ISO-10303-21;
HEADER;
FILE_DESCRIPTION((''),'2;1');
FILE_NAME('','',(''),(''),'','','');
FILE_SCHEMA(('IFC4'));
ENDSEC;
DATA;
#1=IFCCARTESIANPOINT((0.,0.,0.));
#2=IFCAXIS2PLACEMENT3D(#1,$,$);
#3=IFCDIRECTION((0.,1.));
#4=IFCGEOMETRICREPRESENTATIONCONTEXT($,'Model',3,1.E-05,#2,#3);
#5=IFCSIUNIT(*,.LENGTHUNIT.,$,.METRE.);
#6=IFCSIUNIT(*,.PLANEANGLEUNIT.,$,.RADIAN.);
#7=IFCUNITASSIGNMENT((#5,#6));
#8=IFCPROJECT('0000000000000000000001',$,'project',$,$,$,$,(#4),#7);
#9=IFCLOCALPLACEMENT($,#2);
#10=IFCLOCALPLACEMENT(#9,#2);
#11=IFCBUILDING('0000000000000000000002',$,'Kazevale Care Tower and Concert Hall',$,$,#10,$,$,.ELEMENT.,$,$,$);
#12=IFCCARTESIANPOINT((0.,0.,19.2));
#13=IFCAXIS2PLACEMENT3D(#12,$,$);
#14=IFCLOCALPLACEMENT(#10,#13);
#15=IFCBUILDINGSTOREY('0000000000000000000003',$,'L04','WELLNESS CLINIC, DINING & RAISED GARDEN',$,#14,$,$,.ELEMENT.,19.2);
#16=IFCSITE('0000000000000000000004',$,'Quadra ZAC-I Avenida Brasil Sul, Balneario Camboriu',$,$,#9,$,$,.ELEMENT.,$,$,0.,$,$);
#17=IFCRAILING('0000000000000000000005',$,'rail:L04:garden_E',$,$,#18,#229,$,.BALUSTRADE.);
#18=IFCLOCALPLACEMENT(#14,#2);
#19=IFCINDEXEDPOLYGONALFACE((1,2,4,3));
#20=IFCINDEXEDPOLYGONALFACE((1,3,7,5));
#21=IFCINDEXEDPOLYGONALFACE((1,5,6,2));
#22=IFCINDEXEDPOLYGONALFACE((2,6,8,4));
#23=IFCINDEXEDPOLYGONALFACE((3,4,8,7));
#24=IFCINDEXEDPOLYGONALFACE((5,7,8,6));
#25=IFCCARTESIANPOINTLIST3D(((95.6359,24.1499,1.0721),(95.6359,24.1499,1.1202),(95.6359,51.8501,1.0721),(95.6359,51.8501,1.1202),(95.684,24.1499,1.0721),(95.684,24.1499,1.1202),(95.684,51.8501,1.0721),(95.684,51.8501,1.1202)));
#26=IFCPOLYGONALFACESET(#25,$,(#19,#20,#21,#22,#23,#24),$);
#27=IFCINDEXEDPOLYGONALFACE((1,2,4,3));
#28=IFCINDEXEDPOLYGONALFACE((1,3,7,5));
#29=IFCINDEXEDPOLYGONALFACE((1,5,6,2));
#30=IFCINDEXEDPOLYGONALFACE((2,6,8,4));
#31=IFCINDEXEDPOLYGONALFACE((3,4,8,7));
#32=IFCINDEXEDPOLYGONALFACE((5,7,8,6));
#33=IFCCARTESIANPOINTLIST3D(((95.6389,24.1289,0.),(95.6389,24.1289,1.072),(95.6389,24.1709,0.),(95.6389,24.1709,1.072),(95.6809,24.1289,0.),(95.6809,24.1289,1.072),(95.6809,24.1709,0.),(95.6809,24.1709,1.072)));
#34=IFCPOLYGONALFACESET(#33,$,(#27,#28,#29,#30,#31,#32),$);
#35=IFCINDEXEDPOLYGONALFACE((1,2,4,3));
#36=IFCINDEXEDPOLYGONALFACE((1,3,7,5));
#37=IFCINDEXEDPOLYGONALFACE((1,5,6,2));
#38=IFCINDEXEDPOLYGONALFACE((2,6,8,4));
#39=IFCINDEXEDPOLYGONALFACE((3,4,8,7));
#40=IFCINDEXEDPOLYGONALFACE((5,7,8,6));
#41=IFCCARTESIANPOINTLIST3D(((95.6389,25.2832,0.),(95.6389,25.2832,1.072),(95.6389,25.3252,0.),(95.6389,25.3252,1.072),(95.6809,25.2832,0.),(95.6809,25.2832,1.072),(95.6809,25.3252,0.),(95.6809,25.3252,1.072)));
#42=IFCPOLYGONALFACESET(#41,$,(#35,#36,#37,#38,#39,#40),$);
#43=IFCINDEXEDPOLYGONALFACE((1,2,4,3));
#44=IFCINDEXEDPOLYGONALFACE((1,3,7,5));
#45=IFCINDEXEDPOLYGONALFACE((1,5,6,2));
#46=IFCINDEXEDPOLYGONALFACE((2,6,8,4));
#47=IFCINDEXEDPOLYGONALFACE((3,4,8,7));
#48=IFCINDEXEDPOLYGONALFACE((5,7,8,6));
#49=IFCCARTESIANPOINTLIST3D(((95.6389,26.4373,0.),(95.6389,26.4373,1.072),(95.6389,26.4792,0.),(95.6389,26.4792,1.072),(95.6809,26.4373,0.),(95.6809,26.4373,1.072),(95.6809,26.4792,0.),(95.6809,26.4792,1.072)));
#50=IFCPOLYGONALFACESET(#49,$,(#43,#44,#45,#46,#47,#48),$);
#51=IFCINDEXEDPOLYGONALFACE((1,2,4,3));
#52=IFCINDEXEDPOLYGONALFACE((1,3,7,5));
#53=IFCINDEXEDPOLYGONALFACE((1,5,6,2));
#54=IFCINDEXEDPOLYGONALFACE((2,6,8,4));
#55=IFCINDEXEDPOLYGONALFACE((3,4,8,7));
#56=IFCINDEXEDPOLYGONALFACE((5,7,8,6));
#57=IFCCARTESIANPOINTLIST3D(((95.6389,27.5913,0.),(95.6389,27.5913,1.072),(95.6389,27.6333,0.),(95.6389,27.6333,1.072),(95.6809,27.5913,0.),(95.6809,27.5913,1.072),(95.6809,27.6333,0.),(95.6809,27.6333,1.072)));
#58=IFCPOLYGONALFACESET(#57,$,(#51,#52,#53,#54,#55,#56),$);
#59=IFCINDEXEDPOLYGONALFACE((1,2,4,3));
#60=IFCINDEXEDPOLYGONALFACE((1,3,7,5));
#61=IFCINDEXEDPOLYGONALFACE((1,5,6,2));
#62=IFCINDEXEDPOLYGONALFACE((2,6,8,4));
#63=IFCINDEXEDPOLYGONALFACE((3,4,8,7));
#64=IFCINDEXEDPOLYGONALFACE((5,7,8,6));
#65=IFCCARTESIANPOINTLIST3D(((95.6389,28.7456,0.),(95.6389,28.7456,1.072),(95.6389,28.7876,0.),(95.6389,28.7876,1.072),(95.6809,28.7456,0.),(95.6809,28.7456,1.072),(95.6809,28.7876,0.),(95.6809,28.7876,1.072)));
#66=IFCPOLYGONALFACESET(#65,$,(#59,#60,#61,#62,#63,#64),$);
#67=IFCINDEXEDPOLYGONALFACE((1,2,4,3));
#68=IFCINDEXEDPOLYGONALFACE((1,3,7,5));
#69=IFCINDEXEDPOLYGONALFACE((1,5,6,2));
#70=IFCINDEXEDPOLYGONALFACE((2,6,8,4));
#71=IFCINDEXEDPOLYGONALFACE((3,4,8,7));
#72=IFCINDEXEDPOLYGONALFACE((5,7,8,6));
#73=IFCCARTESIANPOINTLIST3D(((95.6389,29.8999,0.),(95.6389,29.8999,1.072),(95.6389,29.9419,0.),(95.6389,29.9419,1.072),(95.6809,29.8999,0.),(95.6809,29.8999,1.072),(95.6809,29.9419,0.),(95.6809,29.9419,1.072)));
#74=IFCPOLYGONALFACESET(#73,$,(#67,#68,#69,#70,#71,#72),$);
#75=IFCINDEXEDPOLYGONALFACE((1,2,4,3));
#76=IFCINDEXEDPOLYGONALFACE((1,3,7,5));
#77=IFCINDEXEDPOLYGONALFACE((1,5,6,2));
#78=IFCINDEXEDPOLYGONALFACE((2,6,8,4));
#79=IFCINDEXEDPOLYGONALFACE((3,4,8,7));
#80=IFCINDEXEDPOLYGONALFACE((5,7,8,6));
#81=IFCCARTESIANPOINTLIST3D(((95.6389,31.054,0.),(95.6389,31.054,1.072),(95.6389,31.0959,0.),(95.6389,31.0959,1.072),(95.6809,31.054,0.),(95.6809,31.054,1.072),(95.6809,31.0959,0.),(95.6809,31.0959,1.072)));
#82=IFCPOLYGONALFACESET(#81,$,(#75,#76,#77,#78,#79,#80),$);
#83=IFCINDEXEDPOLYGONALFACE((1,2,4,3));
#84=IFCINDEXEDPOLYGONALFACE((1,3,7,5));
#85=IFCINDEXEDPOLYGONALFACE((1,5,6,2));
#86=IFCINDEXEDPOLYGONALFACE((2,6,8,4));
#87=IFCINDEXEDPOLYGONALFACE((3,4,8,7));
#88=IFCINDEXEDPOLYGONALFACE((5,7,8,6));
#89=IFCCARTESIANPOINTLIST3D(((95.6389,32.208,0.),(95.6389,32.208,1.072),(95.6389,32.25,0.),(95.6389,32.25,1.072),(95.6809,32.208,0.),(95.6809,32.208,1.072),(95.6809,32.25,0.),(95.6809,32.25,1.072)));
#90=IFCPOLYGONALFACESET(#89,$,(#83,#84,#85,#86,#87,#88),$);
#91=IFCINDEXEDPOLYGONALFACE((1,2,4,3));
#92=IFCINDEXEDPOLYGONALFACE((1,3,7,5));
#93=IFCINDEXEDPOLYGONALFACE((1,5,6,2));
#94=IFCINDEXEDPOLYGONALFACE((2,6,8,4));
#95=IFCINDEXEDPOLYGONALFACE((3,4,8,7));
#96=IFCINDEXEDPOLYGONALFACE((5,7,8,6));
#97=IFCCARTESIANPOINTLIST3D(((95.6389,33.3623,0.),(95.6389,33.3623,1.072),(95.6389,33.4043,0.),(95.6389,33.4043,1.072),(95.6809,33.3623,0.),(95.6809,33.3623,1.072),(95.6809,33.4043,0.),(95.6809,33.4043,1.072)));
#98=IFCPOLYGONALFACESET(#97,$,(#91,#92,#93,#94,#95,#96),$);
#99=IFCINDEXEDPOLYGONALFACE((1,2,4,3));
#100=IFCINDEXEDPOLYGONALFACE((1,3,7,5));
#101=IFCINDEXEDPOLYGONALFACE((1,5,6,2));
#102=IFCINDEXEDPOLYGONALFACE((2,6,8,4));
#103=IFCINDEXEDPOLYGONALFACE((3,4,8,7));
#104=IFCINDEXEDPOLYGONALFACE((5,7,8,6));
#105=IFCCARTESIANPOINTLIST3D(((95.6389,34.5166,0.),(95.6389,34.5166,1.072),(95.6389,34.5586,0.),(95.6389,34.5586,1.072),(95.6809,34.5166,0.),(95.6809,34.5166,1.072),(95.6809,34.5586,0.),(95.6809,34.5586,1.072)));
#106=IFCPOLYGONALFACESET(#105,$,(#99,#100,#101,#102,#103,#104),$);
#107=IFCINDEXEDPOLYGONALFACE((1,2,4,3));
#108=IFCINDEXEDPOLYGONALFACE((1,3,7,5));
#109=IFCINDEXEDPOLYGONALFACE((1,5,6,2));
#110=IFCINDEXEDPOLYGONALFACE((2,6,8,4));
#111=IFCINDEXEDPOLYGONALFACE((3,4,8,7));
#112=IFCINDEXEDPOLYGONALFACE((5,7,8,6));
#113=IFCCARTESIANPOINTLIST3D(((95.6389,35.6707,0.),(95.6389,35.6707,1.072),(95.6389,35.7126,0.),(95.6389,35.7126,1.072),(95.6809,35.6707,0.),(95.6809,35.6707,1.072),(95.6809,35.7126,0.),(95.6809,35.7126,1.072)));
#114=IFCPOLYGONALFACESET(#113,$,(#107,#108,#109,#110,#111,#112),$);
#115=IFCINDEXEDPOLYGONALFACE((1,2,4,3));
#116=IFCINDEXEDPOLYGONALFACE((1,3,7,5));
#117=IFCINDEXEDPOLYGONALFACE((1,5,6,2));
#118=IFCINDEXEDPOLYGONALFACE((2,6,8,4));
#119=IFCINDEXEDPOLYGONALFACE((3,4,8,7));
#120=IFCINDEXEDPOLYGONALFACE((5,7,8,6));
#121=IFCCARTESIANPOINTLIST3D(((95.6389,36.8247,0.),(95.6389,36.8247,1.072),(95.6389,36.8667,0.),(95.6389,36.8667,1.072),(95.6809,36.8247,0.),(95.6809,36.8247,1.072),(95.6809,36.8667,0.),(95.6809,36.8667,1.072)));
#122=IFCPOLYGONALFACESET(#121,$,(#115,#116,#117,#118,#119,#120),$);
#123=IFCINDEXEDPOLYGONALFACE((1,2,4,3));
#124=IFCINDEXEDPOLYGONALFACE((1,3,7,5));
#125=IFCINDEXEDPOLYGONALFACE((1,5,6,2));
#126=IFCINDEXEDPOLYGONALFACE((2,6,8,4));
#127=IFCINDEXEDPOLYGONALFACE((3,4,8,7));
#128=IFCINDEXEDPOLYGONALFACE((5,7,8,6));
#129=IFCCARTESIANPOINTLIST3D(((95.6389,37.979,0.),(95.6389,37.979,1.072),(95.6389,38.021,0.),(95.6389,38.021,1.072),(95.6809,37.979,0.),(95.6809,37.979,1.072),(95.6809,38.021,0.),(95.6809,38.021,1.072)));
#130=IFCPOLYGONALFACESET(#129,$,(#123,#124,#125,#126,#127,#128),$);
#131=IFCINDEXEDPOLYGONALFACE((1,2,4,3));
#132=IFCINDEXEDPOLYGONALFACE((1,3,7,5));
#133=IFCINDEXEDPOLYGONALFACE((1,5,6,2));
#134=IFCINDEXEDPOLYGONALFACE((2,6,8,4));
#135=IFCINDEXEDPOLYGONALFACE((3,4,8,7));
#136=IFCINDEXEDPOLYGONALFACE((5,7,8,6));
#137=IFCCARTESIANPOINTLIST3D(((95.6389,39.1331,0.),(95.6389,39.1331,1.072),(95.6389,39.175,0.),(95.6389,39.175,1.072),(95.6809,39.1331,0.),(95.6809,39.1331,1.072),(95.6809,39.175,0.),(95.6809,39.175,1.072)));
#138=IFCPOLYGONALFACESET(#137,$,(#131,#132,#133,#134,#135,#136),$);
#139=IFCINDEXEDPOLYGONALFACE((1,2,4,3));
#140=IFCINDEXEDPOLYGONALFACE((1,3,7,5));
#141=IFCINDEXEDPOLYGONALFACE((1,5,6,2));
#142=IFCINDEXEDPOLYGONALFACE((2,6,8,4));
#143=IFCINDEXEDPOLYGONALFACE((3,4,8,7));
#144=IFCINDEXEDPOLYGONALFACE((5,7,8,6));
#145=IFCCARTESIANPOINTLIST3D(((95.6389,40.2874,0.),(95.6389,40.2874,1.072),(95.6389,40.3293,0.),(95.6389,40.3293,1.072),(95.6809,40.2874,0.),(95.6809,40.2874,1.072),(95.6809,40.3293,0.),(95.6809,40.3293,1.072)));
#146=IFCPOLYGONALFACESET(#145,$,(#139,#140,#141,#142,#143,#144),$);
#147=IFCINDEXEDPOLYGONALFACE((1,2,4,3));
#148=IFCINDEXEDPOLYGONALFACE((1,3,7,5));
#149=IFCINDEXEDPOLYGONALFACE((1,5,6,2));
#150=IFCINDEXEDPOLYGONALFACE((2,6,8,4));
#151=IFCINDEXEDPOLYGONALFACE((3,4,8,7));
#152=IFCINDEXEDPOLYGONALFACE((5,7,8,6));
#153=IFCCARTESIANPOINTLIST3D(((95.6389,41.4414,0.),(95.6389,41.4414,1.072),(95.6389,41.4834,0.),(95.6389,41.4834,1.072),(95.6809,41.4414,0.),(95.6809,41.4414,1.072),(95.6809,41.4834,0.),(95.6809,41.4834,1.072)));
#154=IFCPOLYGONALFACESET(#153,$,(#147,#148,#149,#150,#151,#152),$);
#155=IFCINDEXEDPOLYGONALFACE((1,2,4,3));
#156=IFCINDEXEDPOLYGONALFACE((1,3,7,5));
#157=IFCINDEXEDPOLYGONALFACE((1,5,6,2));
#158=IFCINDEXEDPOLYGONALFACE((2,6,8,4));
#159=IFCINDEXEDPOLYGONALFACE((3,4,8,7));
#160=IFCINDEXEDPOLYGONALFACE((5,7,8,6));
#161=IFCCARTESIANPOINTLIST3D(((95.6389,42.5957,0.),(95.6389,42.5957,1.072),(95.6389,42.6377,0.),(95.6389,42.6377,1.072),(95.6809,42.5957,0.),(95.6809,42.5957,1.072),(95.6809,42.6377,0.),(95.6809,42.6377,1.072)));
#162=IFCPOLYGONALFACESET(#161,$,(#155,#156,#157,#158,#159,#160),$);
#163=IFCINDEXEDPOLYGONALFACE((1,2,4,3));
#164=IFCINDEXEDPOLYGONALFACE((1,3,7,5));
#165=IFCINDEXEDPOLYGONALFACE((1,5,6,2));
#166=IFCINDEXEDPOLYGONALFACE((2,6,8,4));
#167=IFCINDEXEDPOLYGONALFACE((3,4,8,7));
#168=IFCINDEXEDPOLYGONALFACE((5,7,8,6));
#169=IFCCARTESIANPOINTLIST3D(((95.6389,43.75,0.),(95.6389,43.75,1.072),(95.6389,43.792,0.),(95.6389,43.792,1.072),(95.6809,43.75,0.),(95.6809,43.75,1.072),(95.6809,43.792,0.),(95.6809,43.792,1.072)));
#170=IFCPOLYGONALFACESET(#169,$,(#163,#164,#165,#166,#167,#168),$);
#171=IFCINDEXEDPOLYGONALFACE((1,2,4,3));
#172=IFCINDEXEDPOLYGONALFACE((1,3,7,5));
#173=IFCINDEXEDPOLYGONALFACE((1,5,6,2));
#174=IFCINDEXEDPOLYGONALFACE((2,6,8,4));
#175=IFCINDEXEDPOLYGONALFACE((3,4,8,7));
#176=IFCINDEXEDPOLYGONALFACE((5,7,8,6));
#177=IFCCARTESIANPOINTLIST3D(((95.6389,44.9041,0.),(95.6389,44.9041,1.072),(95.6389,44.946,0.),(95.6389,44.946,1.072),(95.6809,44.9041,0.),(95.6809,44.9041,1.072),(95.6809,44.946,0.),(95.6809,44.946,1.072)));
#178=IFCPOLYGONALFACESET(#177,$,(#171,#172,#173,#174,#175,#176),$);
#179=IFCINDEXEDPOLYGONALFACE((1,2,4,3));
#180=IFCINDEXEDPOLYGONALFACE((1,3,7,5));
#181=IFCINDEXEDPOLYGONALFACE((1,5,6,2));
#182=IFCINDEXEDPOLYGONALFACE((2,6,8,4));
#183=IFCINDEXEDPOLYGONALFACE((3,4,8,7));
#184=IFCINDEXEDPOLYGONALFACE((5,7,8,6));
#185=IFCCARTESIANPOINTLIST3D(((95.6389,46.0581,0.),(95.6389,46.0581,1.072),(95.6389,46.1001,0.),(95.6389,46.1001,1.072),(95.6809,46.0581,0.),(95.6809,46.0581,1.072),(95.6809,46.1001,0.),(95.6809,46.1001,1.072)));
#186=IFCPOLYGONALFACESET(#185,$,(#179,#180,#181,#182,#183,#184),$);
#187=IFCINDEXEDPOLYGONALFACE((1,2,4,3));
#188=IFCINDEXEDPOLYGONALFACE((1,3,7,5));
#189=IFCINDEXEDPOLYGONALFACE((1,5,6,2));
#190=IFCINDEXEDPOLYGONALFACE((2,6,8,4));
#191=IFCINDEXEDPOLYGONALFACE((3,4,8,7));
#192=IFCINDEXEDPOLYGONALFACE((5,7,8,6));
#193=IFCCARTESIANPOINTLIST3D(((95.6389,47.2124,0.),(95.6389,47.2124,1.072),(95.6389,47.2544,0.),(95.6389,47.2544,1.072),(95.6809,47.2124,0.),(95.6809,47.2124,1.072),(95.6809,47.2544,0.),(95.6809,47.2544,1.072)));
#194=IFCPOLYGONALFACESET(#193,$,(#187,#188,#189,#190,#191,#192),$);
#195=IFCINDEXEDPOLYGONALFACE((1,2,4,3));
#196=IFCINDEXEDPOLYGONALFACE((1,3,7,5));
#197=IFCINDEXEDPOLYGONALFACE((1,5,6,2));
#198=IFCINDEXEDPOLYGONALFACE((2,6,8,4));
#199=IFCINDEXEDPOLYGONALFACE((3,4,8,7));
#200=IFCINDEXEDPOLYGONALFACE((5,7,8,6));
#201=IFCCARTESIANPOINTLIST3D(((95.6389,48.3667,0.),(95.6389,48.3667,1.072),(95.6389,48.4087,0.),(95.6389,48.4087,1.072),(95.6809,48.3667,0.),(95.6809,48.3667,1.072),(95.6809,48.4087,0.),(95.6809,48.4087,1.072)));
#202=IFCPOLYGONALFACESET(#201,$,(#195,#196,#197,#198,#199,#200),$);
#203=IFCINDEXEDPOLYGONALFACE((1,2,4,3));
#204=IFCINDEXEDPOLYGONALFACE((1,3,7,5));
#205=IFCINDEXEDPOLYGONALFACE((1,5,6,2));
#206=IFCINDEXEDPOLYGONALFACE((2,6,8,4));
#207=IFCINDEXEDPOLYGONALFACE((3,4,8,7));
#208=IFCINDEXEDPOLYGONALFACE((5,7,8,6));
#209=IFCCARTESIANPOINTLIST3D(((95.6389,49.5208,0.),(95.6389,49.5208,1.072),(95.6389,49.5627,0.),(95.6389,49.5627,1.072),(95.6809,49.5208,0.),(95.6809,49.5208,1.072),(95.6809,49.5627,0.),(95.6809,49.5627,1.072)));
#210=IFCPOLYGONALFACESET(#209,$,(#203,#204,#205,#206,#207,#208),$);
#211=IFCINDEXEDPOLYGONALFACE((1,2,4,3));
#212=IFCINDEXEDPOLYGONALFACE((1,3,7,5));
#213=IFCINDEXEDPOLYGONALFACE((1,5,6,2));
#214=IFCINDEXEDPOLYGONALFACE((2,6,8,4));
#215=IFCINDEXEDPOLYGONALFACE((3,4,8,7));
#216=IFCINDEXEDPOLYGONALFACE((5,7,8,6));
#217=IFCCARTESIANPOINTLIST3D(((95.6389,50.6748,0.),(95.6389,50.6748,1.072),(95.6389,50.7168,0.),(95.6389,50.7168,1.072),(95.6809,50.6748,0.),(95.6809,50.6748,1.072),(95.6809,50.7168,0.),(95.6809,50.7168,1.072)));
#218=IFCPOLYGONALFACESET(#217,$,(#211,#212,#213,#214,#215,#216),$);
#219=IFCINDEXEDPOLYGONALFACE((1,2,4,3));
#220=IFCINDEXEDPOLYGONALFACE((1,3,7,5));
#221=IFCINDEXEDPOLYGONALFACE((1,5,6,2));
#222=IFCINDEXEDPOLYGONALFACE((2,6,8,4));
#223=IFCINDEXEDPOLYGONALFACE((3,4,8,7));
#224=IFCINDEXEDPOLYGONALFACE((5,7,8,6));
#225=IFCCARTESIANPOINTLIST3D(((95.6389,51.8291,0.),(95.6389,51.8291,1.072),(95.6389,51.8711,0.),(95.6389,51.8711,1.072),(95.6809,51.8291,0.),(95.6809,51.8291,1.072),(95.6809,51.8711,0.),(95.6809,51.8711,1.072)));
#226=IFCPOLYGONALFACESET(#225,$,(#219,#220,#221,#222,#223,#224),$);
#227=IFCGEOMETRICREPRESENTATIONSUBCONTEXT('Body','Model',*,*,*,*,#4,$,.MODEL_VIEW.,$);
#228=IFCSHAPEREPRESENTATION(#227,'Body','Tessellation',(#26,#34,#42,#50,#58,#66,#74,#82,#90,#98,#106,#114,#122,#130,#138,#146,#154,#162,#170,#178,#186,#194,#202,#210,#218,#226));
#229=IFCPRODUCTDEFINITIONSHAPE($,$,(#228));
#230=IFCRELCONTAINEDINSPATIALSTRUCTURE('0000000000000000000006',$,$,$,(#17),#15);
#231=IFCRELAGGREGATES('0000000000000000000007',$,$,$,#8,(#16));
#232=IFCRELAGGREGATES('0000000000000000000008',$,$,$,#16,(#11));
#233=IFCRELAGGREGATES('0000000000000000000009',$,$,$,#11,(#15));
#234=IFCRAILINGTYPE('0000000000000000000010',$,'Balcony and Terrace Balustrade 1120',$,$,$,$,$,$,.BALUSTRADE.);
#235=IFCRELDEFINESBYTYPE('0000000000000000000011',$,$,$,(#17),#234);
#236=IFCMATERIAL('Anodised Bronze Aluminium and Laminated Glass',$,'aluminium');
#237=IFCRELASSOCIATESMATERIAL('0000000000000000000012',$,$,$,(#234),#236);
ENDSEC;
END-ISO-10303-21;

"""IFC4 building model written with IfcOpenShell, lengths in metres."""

from ifc_helpers import new_model, si_unit, direction, frame, origin, origin_2d, place, context, subcontext, project, spatial, rectangle, extrude, material, type_object, element, save


model = new_model("IFC4")

# Units and contexts
model_context = context("Model", 3, precision=1e-05, world=origin(), true_north=direction((0.0, 1.0)))
body_context = subcontext(model_context, "Body", "Model", "MODEL_VIEW")
ifc_project = project(units=[si_unit("LENGTHUNIT", "METRE"), si_unit("PLANEANGLEUNIT", "RADIAN")], contexts=[model_context])

# Site, building, storey
site_placement = place(None, origin())
site = spatial("IfcSite", under=ifc_project, at=site_placement, Name="Quadra ZAC-I Avenida Brasil Sul, Balneario Camboriu", CompositionType="ELEMENT", RefElevation=0.0)
building_placement = place(site_placement, origin())
building = spatial("IfcBuilding", under=site, at=building_placement, Name="Kazevale Care Tower and Concert Hall", CompositionType="ELEMENT")
storey_placement = place(building_placement, frame((0.0, 0.0, 19.2)))
storey = spatial("IfcBuildingStorey", under=building, at=storey_placement, Name="L04", Description="WELLNESS CLINIC, DINING & RAISED GARDEN", CompositionType="ELEMENT", Elevation=19.2)

# Railing
ifc_material_1 = material(Name="Anodised Bronze Aluminium and Laminated Glass", Category="aluminium")
railing_type_1 = type_object("IfcRailingType", Name="Balcony and Terrace Balustrade 1120", PredefinedType="BALUSTRADE", material=ifc_material_1)
railing_1_placement = place(storey_placement, frame((95.6599, 24.1499, 0.0)))
element("IfcRailing", 1, at=railing_1_placement, inside=storey, type_object=railing_type_1, Name="rail:L04:garden_E", PredefinedType="BALUSTRADE", context=body_context, shape_type="SweptSolid", body=[
    extrude(rectangle(XDim=0.0481, YDim=0.0481, at=origin_2d()), frame((0.0, 0.0, 1.0962), z_axis=(0.0, 1.0, 0.0), x_axis=(-1.0, 0.0, 0.0)), (0.0, 0.0, 1.0), 27.7002),
    extrude(rectangle(XDim=0.042, YDim=0.042, at=origin_2d()), origin(), (0.0, 0.0, 1.0), 1.072),
    extrude(rectangle(XDim=0.042, YDim=0.042, at=origin_2d()), frame((0.0, 1.1543, 0.0)), (0.0, 0.0, 1.0), 1.072),
    extrude(rectangle(XDim=0.042, YDim=0.042, at=origin_2d()), frame((0.0, 2.3083, 0.0)), (0.0, 0.0, 1.0), 1.072),
    extrude(rectangle(XDim=0.042, YDim=0.042, at=origin_2d()), frame((0.0, 3.4624, 0.0)), (0.0, 0.0, 1.0), 1.072),
    extrude(rectangle(XDim=0.042, YDim=0.042, at=origin_2d()), frame((0.0, 4.6167, 0.0)), (0.0, 0.0, 1.0), 1.072),
    extrude(rectangle(XDim=0.042, YDim=0.042, at=origin_2d()), frame((0.0, 5.771, 0.0)), (0.0, 0.0, 1.0), 1.072),
    extrude(rectangle(XDim=0.042, YDim=0.042, at=origin_2d()), frame((0.0, 6.925, 0.0)), (0.0, 0.0, 1.0), 1.072),
    extrude(rectangle(XDim=0.042, YDim=0.042, at=origin_2d()), frame((0.0, 8.0791, 0.0)), (0.0, 0.0, 1.0), 1.072),
    extrude(rectangle(XDim=0.042, YDim=0.042, at=origin_2d()), frame((0.0, 9.2334, 0.0)), (0.0, 0.0, 1.0), 1.072),
    extrude(rectangle(XDim=0.042, YDim=0.042, at=origin_2d()), frame((0.0, 10.3877, 0.0)), (0.0, 0.0, 1.0), 1.072),
    extrude(rectangle(XDim=0.042, YDim=0.042, at=origin_2d()), frame((0.0, 11.5417, 0.0)), (0.0, 0.0, 1.0), 1.072),
    extrude(rectangle(XDim=0.042, YDim=0.042, at=origin_2d()), frame((0.0, 12.6958, 0.0)), (0.0, 0.0, 1.0), 1.072),
    extrude(rectangle(XDim=0.042, YDim=0.042, at=origin_2d()), frame((0.0, 13.8501, 0.0)), (0.0, 0.0, 1.0), 1.072),
    extrude(rectangle(XDim=0.042, YDim=0.042, at=origin_2d()), frame((0.0, 15.0042, 0.0)), (0.0, 0.0, 1.0), 1.072),
    extrude(rectangle(XDim=0.042, YDim=0.042, at=origin_2d()), frame((0.0, 16.1584, 0.0)), (0.0, 0.0, 1.0), 1.072),
    extrude(rectangle(XDim=0.042, YDim=0.042, at=origin_2d()), frame((0.0, 17.3125, 0.0)), (0.0, 0.0, 1.0), 1.072),
    extrude(rectangle(XDim=0.042, YDim=0.042, at=origin_2d()), frame((0.0, 18.4668, 0.0)), (0.0, 0.0, 1.0), 1.072),
    extrude(rectangle(XDim=0.042, YDim=0.042, at=origin_2d()), frame((0.0, 19.6211, 0.0)), (0.0, 0.0, 1.0), 1.072),
    extrude(rectangle(XDim=0.042, YDim=0.042, at=origin_2d()), frame((0.0, 20.7751, 0.0)), (0.0, 0.0, 1.0), 1.072),
    extrude(rectangle(XDim=0.042, YDim=0.042, at=origin_2d()), frame((0.0, 21.9292, 0.0)), (0.0, 0.0, 1.0), 1.072),
    extrude(rectangle(XDim=0.042, YDim=0.042, at=origin_2d()), frame((0.0, 23.0835, 0.0)), (0.0, 0.0, 1.0), 1.072),
    extrude(rectangle(XDim=0.042, YDim=0.042, at=origin_2d()), frame((0.0, 24.2378, 0.0)), (0.0, 0.0, 1.0), 1.072),
    extrude(rectangle(XDim=0.042, YDim=0.042, at=origin_2d()), frame((0.0, 25.3918, 0.0)), (0.0, 0.0, 1.0), 1.072),
    extrude(rectangle(XDim=0.042, YDim=0.042, at=origin_2d()), frame((0.0, 26.5459, 0.0)), (0.0, 0.0, 1.0), 1.072),
    extrude(rectangle(XDim=0.042, YDim=0.042, at=origin_2d()), frame((0.0, 27.7002, 0.0)), (0.0, 0.0, 1.0), 1.072),
])

save(model, "model.ifc")
